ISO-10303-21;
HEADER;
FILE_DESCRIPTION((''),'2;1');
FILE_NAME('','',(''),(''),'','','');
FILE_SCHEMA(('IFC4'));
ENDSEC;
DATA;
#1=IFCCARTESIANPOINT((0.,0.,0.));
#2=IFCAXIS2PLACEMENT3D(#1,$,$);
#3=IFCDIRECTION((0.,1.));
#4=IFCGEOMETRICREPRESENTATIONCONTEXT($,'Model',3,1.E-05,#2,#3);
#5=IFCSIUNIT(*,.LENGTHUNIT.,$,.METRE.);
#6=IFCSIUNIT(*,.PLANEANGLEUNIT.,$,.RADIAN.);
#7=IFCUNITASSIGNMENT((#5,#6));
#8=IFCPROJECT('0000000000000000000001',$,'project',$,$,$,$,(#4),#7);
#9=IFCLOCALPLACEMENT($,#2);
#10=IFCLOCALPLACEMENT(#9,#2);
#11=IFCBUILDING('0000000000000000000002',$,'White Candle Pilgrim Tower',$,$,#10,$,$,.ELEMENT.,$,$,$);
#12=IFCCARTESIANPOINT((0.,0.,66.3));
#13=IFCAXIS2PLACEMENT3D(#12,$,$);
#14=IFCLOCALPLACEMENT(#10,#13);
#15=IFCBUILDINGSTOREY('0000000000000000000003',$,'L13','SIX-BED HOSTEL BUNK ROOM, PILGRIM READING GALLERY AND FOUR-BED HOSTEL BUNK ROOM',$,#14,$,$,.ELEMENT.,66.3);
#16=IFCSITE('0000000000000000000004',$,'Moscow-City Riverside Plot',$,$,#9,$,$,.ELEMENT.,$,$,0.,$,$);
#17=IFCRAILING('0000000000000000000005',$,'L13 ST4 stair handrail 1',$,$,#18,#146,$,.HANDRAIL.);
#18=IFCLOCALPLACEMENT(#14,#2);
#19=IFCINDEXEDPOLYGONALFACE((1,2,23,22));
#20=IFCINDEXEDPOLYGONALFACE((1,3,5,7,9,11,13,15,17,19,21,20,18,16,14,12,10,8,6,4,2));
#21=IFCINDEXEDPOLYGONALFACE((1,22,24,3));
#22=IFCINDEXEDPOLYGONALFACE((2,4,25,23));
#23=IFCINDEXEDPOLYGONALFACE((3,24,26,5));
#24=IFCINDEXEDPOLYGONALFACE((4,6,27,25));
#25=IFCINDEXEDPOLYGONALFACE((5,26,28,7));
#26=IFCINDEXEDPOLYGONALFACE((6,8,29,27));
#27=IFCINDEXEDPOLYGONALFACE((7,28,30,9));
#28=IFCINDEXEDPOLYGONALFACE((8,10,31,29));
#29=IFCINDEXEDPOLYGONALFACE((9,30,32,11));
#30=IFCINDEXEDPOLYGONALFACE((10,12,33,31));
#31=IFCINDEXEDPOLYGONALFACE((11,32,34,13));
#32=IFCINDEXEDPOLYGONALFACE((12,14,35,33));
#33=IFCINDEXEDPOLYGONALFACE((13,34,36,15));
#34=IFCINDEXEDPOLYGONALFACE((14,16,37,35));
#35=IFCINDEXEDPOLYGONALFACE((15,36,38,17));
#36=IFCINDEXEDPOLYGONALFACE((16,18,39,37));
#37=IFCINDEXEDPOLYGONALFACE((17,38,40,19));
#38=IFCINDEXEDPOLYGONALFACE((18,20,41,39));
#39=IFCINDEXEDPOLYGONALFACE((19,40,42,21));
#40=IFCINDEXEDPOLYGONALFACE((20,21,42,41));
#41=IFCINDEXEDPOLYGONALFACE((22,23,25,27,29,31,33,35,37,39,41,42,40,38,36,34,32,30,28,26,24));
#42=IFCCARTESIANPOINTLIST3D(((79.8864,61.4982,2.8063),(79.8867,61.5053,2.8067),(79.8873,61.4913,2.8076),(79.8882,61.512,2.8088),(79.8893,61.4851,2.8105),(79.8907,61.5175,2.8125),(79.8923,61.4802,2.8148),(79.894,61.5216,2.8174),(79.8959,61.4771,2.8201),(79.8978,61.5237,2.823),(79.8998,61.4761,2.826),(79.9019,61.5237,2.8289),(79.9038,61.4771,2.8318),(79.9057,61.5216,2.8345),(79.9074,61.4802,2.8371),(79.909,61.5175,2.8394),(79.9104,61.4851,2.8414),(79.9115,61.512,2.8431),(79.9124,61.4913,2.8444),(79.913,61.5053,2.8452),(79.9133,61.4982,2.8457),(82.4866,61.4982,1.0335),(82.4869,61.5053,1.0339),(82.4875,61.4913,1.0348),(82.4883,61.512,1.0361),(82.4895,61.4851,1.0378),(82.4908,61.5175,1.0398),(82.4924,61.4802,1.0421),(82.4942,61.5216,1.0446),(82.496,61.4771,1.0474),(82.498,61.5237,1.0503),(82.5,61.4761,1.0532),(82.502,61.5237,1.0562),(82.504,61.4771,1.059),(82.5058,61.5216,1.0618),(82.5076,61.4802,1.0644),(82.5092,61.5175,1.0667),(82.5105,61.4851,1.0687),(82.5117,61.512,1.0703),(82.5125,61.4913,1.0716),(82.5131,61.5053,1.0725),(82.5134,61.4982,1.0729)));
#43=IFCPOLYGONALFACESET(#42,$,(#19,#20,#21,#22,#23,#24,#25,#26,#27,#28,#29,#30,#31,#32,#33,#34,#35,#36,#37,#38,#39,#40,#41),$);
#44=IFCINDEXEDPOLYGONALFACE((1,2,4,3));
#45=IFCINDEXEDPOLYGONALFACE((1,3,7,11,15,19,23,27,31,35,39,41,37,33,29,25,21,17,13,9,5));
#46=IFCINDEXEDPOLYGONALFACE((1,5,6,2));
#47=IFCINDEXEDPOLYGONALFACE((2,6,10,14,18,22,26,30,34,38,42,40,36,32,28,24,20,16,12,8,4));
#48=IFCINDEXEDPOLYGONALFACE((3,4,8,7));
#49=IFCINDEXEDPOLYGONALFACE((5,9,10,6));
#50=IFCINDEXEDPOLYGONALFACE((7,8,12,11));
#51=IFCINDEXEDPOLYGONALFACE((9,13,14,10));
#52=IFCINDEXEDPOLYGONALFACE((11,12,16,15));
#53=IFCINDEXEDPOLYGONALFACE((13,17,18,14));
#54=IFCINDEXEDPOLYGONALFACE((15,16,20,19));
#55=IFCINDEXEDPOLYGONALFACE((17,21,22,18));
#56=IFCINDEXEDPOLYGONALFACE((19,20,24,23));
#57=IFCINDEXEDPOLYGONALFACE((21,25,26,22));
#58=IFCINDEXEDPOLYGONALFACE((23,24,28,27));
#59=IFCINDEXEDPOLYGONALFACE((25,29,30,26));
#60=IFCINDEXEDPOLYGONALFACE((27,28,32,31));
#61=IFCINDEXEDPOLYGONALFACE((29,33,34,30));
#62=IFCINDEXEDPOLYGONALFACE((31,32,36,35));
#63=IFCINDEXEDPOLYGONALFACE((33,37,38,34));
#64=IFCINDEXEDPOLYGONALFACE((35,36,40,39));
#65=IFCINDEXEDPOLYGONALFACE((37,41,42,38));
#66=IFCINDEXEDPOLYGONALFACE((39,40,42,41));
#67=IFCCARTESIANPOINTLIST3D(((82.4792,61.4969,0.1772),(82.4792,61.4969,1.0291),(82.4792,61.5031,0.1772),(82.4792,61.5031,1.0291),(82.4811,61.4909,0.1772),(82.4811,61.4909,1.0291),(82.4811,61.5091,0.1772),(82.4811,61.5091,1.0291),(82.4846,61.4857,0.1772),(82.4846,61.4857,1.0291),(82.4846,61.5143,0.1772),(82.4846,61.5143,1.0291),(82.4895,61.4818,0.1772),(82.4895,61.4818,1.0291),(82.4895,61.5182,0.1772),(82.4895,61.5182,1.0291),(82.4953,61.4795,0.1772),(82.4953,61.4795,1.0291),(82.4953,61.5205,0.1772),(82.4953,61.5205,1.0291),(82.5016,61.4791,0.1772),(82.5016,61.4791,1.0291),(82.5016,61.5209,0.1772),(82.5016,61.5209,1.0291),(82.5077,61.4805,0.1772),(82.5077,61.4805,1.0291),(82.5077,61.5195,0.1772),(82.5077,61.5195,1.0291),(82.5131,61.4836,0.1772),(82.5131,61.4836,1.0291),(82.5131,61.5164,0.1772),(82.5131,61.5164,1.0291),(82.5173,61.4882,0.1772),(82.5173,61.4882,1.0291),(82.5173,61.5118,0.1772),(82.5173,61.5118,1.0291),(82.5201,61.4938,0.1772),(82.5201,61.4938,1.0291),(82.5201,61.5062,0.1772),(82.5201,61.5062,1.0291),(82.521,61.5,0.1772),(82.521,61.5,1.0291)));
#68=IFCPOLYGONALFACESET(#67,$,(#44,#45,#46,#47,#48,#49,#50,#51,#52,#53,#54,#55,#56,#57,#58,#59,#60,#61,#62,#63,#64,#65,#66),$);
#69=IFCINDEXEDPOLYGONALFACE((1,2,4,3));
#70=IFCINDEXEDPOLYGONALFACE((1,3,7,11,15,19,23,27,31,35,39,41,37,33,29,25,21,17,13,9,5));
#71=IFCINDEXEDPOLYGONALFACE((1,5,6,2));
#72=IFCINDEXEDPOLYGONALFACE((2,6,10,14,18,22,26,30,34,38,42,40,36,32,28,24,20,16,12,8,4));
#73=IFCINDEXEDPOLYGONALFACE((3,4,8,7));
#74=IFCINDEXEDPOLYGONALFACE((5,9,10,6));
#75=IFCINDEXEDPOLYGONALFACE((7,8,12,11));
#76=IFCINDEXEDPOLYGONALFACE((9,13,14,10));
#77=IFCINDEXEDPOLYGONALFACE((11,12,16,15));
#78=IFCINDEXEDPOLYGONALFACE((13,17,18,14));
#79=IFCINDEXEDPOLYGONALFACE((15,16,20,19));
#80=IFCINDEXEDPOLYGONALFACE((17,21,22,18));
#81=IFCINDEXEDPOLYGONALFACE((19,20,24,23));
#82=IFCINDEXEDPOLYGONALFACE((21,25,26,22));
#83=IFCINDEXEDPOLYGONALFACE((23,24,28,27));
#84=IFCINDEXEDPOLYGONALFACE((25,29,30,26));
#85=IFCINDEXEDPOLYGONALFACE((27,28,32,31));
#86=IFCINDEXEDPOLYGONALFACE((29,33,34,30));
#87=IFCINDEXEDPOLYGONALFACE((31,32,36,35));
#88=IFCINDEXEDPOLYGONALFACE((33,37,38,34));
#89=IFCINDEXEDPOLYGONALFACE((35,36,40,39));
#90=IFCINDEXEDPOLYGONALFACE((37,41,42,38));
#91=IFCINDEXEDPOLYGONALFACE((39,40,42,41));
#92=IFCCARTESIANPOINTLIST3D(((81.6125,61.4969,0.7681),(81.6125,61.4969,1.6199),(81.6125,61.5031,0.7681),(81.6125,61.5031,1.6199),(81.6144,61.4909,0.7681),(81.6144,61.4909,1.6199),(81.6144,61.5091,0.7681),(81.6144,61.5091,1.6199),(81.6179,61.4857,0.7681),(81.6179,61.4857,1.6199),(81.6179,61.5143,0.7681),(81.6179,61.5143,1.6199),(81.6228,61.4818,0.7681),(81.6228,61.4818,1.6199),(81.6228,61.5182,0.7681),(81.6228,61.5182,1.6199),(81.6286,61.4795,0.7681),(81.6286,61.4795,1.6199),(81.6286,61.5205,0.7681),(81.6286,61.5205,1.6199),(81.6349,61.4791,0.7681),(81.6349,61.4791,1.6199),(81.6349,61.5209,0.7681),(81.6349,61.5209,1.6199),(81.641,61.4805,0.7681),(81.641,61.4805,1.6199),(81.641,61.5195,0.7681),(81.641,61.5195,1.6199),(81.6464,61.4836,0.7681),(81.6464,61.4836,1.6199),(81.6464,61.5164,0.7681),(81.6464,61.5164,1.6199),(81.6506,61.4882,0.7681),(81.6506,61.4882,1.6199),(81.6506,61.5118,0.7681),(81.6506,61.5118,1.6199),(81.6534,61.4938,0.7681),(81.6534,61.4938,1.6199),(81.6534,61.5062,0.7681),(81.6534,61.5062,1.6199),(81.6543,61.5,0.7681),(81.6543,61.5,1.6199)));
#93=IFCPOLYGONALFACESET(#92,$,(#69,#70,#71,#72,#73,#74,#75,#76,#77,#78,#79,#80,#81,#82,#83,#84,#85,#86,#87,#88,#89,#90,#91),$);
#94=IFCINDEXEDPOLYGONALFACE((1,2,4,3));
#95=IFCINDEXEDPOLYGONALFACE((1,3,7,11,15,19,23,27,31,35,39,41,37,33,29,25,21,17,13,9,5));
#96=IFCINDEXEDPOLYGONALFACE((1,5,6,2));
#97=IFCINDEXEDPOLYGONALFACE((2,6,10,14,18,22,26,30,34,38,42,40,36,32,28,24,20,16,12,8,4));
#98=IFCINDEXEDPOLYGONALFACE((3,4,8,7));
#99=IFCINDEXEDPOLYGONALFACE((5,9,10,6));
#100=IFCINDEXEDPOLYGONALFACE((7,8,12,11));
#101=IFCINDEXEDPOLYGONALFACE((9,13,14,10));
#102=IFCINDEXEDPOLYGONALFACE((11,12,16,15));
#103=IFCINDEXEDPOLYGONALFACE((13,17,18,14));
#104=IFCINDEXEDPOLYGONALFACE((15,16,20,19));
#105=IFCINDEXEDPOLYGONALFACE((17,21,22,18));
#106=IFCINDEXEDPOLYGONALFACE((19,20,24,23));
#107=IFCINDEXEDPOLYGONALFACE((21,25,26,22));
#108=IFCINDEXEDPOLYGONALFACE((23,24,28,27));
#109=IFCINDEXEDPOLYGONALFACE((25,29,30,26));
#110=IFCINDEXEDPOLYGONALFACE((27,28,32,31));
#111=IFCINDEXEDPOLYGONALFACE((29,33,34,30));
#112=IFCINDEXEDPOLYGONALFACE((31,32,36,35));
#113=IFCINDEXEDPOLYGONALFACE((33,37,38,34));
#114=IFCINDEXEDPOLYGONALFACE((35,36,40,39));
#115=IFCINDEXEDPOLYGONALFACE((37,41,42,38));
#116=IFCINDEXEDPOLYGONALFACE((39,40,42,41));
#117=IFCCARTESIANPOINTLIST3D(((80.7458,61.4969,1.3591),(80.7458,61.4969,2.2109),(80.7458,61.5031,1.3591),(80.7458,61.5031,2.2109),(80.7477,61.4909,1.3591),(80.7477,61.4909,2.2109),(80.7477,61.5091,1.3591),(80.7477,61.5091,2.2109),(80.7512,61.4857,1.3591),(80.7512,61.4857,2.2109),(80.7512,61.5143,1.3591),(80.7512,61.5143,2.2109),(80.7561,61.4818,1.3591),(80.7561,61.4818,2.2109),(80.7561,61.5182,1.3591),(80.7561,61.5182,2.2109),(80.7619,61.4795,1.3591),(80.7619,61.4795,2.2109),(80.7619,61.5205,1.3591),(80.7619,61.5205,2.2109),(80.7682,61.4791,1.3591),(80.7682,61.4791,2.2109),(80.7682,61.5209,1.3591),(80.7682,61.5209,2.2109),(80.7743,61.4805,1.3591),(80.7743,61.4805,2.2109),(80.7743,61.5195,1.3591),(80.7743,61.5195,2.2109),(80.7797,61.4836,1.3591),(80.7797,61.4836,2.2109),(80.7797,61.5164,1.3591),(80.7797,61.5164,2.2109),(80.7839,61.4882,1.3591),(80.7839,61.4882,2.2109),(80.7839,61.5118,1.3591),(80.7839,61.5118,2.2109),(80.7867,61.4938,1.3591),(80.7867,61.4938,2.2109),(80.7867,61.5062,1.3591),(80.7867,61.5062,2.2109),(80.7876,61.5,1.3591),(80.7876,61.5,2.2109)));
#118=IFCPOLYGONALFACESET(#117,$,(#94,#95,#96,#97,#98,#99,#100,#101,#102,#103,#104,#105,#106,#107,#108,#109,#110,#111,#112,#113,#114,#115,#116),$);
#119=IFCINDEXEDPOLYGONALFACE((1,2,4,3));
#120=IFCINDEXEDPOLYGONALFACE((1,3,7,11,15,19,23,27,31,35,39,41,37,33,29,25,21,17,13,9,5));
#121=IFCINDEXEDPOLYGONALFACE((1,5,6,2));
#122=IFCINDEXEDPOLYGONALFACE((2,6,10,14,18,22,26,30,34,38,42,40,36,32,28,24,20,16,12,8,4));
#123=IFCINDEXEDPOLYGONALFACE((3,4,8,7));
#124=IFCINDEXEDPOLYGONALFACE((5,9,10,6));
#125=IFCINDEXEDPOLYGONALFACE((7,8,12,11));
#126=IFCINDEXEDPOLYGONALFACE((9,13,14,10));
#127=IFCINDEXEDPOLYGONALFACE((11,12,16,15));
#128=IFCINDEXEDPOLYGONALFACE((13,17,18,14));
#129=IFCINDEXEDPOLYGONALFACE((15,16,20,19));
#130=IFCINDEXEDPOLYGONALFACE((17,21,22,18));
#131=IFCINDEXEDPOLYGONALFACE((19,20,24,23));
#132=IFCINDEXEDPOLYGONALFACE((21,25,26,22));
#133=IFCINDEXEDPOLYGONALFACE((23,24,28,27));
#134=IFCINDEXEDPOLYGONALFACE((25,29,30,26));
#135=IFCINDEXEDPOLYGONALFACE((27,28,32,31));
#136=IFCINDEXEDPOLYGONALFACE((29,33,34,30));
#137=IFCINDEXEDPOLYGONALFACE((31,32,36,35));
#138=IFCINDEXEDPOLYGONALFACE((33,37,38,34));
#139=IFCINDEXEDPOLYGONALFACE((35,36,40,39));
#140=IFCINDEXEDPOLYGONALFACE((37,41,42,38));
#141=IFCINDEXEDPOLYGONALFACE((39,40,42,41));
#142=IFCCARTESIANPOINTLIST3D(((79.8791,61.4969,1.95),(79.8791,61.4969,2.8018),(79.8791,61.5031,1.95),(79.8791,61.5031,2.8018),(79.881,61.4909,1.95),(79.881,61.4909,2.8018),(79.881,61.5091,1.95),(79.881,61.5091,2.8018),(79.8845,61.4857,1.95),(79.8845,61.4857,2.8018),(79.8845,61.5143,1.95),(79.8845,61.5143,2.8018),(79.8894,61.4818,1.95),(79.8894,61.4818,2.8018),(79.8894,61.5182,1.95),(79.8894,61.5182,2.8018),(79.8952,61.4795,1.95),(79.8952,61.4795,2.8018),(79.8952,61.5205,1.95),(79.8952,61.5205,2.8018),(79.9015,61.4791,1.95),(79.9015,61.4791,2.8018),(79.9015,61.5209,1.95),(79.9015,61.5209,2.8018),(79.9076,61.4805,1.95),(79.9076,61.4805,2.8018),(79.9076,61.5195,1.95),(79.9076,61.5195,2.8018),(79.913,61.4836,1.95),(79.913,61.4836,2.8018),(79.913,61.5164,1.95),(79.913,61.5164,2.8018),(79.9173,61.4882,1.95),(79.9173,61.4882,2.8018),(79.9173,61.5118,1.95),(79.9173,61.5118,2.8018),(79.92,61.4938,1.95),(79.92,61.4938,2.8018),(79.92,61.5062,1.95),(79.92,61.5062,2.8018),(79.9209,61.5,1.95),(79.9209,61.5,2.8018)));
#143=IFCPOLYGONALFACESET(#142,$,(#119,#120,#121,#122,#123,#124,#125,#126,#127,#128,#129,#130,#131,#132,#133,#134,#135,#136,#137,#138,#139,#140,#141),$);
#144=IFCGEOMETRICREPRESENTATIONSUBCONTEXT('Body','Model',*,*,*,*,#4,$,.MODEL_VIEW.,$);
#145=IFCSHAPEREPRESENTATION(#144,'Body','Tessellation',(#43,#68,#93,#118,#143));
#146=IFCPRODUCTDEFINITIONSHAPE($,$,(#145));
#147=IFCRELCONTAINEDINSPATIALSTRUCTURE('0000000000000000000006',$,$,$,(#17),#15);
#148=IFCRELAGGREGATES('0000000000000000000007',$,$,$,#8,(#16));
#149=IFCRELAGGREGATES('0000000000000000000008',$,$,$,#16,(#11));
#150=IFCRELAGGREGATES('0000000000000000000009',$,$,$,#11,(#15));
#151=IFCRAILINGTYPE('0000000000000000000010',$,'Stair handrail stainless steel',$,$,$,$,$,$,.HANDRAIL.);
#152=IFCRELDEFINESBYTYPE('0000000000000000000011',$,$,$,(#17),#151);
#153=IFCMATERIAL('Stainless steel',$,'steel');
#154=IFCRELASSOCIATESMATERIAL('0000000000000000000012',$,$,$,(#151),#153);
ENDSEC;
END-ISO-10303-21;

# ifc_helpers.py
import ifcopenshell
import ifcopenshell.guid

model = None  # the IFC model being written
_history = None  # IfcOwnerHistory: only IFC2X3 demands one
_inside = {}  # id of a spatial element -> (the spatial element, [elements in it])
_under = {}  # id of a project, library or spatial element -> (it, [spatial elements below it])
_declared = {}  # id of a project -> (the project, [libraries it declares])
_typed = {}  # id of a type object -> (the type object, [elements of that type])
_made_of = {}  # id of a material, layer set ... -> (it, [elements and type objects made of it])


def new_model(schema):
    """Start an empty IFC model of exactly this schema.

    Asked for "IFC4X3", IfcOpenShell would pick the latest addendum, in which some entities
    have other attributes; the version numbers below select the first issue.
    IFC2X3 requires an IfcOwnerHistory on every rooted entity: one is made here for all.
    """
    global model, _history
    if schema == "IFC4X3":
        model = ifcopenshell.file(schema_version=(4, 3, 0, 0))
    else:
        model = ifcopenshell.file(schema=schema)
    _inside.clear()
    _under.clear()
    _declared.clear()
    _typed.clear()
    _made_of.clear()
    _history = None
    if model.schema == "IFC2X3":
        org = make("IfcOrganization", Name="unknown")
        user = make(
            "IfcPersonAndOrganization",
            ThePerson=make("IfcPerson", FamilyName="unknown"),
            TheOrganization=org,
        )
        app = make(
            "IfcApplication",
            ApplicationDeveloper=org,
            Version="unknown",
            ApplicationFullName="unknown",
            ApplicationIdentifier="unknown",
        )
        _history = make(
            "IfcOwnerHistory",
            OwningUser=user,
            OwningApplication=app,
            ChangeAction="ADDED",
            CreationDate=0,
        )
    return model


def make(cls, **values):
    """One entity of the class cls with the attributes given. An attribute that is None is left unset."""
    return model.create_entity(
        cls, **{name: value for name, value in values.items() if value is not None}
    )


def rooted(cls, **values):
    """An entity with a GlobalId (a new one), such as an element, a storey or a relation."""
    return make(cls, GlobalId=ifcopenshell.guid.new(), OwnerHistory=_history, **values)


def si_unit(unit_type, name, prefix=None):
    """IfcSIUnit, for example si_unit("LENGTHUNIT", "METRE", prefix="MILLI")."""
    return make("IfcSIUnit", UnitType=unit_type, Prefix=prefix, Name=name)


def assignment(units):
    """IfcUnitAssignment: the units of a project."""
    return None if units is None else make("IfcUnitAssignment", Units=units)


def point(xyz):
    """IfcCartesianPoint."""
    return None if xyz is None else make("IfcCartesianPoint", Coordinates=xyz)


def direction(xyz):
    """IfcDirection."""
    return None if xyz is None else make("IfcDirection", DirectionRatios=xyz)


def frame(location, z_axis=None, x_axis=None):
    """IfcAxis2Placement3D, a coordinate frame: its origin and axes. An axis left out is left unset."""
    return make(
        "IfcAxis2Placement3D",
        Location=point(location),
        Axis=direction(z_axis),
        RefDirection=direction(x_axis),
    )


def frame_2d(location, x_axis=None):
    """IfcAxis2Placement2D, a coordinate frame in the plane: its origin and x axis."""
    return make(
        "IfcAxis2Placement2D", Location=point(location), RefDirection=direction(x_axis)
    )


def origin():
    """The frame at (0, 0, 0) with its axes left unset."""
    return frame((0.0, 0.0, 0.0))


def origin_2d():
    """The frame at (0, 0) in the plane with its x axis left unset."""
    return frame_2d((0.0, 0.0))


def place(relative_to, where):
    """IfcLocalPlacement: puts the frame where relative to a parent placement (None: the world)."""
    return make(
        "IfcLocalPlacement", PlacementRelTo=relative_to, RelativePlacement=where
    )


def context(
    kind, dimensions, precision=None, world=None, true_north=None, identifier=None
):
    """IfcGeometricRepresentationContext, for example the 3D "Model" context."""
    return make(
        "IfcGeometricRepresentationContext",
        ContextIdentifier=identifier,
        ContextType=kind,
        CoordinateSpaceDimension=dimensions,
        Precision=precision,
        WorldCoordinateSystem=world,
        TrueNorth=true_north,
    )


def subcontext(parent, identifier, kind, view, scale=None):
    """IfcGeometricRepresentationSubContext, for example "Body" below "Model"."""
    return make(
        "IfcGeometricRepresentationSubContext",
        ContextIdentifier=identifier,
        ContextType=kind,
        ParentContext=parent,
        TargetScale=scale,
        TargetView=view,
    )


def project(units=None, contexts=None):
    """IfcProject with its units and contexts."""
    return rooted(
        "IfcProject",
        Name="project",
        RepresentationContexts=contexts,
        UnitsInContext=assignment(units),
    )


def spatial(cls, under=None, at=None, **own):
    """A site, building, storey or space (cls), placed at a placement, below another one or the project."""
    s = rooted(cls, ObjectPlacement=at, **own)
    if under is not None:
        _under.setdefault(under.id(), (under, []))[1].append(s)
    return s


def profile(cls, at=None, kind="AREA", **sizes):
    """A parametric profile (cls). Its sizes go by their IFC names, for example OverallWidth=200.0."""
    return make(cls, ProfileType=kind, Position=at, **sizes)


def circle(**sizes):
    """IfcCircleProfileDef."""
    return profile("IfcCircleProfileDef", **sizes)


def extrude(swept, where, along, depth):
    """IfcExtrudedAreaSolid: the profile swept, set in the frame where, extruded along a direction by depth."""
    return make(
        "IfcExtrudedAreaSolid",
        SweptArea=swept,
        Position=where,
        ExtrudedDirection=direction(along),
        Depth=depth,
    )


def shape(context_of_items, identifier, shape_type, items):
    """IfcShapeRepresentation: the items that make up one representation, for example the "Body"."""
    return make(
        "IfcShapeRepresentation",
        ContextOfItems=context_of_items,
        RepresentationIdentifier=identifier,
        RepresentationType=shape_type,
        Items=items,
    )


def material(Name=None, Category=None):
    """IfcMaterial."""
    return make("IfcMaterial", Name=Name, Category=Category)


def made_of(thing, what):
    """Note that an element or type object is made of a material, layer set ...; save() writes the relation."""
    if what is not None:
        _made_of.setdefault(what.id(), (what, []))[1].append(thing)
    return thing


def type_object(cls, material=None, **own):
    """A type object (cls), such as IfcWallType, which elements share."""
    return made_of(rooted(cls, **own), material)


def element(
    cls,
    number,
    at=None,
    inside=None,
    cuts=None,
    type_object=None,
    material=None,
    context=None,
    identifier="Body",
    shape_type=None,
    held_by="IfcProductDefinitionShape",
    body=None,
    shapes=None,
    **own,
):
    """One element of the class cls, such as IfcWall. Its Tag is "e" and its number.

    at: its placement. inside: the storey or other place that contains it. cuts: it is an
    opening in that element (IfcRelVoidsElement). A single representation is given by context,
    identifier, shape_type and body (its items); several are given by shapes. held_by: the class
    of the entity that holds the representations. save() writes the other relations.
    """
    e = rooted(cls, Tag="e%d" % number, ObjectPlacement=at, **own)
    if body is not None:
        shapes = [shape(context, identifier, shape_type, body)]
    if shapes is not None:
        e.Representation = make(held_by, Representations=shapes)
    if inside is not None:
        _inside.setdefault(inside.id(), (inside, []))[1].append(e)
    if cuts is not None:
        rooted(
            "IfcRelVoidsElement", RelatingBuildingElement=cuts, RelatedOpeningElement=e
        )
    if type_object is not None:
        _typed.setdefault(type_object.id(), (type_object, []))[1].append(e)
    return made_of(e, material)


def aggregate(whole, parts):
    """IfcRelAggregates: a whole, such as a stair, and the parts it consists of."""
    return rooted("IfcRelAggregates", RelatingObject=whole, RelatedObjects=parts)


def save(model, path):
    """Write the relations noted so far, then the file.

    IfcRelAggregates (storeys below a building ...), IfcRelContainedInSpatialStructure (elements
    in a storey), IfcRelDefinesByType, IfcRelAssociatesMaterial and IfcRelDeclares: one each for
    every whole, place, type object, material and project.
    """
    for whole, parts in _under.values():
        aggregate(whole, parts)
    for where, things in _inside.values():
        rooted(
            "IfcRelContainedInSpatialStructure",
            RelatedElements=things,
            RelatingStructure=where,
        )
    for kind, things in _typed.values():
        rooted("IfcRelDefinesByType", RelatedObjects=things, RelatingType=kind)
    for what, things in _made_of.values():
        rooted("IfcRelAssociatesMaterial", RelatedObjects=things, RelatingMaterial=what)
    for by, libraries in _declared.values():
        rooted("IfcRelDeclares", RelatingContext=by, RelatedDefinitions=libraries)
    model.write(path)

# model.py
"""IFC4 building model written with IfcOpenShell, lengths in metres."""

from ifc_helpers import new_model, si_unit, direction, frame, origin, origin_2d, place, context, subcontext, project, spatial, circle, extrude, material, type_object, element, save


model = new_model("IFC4")

# Units and contexts
model_context = context("Model", 3, precision=1e-05, world=origin(), true_north=direction((0.0, 1.0)))
body_context = subcontext(model_context, "Body", "Model", "MODEL_VIEW")
ifc_project = project(units=[si_unit("LENGTHUNIT", "METRE"), si_unit("PLANEANGLEUNIT", "RADIAN")], contexts=[model_context])

# Site, building, storey
site_placement = place(None, origin())
site = spatial("IfcSite", under=ifc_project, at=site_placement, Name="Moscow-City Riverside Plot", CompositionType="ELEMENT", RefElevation=0.0)
building_placement = place(site_placement, origin())
building = spatial("IfcBuilding", under=site, at=building_placement, Name="White Candle Pilgrim Tower", CompositionType="ELEMENT")
storey_placement = place(building_placement, frame((0.0, 0.0, 66.3)))
storey = spatial("IfcBuildingStorey", under=building, at=storey_placement, Name="L13", Description="SIX-BED HOSTEL BUNK ROOM, PILGRIM READING GALLERY AND FOUR-BED HOSTEL BUNK ROOM", CompositionType="ELEMENT", Elevation=66.3)

# Railing
ifc_material_1 = material(Name="Stainless steel", Category="steel")
railing_type_1 = type_object("IfcRailingType", Name="Stair handrail stainless steel", PredefinedType="HANDRAIL", material=ifc_material_1)
railing_1_placement = place(storey_placement, frame((82.5, 61.5, 0.1772)))
element("IfcRailing", 1, at=railing_1_placement, inside=storey, type_object=railing_type_1, Name="L13 ST4 stair handrail 1", PredefinedType="HANDRAIL", context=body_context, shape_type="SweptSolid", body=[
    extrude(circle(Radius=0.0239, at=origin_2d()), frame((0.0, 0.0, 0.876), z_axis=(-0.82624, 0.0, 0.563318), x_axis=(0.0, -1.0, 0.0)), (0.0, 0.0, 1.0), 3.147),
    extrude(circle(Radius=0.021, at=origin_2d()), origin(), (0.0, 0.0, 1.0), 0.8518),
    extrude(circle(Radius=0.021, at=origin_2d()), frame((-0.8667, 0.0, 0.5908)), (0.0, 0.0, 1.0), 0.8518),
    extrude(circle(Radius=0.021, at=origin_2d()), frame((-1.7334, 0.0, 1.1819)), (0.0, 0.0, 1.0), 0.8518),
    extrude(circle(Radius=0.021, at=origin_2d()), frame((-2.6001, 0.0, 1.7727)), (0.0, 0.0, 1.0), 0.8518),
])

save(model, "model.ifc")
